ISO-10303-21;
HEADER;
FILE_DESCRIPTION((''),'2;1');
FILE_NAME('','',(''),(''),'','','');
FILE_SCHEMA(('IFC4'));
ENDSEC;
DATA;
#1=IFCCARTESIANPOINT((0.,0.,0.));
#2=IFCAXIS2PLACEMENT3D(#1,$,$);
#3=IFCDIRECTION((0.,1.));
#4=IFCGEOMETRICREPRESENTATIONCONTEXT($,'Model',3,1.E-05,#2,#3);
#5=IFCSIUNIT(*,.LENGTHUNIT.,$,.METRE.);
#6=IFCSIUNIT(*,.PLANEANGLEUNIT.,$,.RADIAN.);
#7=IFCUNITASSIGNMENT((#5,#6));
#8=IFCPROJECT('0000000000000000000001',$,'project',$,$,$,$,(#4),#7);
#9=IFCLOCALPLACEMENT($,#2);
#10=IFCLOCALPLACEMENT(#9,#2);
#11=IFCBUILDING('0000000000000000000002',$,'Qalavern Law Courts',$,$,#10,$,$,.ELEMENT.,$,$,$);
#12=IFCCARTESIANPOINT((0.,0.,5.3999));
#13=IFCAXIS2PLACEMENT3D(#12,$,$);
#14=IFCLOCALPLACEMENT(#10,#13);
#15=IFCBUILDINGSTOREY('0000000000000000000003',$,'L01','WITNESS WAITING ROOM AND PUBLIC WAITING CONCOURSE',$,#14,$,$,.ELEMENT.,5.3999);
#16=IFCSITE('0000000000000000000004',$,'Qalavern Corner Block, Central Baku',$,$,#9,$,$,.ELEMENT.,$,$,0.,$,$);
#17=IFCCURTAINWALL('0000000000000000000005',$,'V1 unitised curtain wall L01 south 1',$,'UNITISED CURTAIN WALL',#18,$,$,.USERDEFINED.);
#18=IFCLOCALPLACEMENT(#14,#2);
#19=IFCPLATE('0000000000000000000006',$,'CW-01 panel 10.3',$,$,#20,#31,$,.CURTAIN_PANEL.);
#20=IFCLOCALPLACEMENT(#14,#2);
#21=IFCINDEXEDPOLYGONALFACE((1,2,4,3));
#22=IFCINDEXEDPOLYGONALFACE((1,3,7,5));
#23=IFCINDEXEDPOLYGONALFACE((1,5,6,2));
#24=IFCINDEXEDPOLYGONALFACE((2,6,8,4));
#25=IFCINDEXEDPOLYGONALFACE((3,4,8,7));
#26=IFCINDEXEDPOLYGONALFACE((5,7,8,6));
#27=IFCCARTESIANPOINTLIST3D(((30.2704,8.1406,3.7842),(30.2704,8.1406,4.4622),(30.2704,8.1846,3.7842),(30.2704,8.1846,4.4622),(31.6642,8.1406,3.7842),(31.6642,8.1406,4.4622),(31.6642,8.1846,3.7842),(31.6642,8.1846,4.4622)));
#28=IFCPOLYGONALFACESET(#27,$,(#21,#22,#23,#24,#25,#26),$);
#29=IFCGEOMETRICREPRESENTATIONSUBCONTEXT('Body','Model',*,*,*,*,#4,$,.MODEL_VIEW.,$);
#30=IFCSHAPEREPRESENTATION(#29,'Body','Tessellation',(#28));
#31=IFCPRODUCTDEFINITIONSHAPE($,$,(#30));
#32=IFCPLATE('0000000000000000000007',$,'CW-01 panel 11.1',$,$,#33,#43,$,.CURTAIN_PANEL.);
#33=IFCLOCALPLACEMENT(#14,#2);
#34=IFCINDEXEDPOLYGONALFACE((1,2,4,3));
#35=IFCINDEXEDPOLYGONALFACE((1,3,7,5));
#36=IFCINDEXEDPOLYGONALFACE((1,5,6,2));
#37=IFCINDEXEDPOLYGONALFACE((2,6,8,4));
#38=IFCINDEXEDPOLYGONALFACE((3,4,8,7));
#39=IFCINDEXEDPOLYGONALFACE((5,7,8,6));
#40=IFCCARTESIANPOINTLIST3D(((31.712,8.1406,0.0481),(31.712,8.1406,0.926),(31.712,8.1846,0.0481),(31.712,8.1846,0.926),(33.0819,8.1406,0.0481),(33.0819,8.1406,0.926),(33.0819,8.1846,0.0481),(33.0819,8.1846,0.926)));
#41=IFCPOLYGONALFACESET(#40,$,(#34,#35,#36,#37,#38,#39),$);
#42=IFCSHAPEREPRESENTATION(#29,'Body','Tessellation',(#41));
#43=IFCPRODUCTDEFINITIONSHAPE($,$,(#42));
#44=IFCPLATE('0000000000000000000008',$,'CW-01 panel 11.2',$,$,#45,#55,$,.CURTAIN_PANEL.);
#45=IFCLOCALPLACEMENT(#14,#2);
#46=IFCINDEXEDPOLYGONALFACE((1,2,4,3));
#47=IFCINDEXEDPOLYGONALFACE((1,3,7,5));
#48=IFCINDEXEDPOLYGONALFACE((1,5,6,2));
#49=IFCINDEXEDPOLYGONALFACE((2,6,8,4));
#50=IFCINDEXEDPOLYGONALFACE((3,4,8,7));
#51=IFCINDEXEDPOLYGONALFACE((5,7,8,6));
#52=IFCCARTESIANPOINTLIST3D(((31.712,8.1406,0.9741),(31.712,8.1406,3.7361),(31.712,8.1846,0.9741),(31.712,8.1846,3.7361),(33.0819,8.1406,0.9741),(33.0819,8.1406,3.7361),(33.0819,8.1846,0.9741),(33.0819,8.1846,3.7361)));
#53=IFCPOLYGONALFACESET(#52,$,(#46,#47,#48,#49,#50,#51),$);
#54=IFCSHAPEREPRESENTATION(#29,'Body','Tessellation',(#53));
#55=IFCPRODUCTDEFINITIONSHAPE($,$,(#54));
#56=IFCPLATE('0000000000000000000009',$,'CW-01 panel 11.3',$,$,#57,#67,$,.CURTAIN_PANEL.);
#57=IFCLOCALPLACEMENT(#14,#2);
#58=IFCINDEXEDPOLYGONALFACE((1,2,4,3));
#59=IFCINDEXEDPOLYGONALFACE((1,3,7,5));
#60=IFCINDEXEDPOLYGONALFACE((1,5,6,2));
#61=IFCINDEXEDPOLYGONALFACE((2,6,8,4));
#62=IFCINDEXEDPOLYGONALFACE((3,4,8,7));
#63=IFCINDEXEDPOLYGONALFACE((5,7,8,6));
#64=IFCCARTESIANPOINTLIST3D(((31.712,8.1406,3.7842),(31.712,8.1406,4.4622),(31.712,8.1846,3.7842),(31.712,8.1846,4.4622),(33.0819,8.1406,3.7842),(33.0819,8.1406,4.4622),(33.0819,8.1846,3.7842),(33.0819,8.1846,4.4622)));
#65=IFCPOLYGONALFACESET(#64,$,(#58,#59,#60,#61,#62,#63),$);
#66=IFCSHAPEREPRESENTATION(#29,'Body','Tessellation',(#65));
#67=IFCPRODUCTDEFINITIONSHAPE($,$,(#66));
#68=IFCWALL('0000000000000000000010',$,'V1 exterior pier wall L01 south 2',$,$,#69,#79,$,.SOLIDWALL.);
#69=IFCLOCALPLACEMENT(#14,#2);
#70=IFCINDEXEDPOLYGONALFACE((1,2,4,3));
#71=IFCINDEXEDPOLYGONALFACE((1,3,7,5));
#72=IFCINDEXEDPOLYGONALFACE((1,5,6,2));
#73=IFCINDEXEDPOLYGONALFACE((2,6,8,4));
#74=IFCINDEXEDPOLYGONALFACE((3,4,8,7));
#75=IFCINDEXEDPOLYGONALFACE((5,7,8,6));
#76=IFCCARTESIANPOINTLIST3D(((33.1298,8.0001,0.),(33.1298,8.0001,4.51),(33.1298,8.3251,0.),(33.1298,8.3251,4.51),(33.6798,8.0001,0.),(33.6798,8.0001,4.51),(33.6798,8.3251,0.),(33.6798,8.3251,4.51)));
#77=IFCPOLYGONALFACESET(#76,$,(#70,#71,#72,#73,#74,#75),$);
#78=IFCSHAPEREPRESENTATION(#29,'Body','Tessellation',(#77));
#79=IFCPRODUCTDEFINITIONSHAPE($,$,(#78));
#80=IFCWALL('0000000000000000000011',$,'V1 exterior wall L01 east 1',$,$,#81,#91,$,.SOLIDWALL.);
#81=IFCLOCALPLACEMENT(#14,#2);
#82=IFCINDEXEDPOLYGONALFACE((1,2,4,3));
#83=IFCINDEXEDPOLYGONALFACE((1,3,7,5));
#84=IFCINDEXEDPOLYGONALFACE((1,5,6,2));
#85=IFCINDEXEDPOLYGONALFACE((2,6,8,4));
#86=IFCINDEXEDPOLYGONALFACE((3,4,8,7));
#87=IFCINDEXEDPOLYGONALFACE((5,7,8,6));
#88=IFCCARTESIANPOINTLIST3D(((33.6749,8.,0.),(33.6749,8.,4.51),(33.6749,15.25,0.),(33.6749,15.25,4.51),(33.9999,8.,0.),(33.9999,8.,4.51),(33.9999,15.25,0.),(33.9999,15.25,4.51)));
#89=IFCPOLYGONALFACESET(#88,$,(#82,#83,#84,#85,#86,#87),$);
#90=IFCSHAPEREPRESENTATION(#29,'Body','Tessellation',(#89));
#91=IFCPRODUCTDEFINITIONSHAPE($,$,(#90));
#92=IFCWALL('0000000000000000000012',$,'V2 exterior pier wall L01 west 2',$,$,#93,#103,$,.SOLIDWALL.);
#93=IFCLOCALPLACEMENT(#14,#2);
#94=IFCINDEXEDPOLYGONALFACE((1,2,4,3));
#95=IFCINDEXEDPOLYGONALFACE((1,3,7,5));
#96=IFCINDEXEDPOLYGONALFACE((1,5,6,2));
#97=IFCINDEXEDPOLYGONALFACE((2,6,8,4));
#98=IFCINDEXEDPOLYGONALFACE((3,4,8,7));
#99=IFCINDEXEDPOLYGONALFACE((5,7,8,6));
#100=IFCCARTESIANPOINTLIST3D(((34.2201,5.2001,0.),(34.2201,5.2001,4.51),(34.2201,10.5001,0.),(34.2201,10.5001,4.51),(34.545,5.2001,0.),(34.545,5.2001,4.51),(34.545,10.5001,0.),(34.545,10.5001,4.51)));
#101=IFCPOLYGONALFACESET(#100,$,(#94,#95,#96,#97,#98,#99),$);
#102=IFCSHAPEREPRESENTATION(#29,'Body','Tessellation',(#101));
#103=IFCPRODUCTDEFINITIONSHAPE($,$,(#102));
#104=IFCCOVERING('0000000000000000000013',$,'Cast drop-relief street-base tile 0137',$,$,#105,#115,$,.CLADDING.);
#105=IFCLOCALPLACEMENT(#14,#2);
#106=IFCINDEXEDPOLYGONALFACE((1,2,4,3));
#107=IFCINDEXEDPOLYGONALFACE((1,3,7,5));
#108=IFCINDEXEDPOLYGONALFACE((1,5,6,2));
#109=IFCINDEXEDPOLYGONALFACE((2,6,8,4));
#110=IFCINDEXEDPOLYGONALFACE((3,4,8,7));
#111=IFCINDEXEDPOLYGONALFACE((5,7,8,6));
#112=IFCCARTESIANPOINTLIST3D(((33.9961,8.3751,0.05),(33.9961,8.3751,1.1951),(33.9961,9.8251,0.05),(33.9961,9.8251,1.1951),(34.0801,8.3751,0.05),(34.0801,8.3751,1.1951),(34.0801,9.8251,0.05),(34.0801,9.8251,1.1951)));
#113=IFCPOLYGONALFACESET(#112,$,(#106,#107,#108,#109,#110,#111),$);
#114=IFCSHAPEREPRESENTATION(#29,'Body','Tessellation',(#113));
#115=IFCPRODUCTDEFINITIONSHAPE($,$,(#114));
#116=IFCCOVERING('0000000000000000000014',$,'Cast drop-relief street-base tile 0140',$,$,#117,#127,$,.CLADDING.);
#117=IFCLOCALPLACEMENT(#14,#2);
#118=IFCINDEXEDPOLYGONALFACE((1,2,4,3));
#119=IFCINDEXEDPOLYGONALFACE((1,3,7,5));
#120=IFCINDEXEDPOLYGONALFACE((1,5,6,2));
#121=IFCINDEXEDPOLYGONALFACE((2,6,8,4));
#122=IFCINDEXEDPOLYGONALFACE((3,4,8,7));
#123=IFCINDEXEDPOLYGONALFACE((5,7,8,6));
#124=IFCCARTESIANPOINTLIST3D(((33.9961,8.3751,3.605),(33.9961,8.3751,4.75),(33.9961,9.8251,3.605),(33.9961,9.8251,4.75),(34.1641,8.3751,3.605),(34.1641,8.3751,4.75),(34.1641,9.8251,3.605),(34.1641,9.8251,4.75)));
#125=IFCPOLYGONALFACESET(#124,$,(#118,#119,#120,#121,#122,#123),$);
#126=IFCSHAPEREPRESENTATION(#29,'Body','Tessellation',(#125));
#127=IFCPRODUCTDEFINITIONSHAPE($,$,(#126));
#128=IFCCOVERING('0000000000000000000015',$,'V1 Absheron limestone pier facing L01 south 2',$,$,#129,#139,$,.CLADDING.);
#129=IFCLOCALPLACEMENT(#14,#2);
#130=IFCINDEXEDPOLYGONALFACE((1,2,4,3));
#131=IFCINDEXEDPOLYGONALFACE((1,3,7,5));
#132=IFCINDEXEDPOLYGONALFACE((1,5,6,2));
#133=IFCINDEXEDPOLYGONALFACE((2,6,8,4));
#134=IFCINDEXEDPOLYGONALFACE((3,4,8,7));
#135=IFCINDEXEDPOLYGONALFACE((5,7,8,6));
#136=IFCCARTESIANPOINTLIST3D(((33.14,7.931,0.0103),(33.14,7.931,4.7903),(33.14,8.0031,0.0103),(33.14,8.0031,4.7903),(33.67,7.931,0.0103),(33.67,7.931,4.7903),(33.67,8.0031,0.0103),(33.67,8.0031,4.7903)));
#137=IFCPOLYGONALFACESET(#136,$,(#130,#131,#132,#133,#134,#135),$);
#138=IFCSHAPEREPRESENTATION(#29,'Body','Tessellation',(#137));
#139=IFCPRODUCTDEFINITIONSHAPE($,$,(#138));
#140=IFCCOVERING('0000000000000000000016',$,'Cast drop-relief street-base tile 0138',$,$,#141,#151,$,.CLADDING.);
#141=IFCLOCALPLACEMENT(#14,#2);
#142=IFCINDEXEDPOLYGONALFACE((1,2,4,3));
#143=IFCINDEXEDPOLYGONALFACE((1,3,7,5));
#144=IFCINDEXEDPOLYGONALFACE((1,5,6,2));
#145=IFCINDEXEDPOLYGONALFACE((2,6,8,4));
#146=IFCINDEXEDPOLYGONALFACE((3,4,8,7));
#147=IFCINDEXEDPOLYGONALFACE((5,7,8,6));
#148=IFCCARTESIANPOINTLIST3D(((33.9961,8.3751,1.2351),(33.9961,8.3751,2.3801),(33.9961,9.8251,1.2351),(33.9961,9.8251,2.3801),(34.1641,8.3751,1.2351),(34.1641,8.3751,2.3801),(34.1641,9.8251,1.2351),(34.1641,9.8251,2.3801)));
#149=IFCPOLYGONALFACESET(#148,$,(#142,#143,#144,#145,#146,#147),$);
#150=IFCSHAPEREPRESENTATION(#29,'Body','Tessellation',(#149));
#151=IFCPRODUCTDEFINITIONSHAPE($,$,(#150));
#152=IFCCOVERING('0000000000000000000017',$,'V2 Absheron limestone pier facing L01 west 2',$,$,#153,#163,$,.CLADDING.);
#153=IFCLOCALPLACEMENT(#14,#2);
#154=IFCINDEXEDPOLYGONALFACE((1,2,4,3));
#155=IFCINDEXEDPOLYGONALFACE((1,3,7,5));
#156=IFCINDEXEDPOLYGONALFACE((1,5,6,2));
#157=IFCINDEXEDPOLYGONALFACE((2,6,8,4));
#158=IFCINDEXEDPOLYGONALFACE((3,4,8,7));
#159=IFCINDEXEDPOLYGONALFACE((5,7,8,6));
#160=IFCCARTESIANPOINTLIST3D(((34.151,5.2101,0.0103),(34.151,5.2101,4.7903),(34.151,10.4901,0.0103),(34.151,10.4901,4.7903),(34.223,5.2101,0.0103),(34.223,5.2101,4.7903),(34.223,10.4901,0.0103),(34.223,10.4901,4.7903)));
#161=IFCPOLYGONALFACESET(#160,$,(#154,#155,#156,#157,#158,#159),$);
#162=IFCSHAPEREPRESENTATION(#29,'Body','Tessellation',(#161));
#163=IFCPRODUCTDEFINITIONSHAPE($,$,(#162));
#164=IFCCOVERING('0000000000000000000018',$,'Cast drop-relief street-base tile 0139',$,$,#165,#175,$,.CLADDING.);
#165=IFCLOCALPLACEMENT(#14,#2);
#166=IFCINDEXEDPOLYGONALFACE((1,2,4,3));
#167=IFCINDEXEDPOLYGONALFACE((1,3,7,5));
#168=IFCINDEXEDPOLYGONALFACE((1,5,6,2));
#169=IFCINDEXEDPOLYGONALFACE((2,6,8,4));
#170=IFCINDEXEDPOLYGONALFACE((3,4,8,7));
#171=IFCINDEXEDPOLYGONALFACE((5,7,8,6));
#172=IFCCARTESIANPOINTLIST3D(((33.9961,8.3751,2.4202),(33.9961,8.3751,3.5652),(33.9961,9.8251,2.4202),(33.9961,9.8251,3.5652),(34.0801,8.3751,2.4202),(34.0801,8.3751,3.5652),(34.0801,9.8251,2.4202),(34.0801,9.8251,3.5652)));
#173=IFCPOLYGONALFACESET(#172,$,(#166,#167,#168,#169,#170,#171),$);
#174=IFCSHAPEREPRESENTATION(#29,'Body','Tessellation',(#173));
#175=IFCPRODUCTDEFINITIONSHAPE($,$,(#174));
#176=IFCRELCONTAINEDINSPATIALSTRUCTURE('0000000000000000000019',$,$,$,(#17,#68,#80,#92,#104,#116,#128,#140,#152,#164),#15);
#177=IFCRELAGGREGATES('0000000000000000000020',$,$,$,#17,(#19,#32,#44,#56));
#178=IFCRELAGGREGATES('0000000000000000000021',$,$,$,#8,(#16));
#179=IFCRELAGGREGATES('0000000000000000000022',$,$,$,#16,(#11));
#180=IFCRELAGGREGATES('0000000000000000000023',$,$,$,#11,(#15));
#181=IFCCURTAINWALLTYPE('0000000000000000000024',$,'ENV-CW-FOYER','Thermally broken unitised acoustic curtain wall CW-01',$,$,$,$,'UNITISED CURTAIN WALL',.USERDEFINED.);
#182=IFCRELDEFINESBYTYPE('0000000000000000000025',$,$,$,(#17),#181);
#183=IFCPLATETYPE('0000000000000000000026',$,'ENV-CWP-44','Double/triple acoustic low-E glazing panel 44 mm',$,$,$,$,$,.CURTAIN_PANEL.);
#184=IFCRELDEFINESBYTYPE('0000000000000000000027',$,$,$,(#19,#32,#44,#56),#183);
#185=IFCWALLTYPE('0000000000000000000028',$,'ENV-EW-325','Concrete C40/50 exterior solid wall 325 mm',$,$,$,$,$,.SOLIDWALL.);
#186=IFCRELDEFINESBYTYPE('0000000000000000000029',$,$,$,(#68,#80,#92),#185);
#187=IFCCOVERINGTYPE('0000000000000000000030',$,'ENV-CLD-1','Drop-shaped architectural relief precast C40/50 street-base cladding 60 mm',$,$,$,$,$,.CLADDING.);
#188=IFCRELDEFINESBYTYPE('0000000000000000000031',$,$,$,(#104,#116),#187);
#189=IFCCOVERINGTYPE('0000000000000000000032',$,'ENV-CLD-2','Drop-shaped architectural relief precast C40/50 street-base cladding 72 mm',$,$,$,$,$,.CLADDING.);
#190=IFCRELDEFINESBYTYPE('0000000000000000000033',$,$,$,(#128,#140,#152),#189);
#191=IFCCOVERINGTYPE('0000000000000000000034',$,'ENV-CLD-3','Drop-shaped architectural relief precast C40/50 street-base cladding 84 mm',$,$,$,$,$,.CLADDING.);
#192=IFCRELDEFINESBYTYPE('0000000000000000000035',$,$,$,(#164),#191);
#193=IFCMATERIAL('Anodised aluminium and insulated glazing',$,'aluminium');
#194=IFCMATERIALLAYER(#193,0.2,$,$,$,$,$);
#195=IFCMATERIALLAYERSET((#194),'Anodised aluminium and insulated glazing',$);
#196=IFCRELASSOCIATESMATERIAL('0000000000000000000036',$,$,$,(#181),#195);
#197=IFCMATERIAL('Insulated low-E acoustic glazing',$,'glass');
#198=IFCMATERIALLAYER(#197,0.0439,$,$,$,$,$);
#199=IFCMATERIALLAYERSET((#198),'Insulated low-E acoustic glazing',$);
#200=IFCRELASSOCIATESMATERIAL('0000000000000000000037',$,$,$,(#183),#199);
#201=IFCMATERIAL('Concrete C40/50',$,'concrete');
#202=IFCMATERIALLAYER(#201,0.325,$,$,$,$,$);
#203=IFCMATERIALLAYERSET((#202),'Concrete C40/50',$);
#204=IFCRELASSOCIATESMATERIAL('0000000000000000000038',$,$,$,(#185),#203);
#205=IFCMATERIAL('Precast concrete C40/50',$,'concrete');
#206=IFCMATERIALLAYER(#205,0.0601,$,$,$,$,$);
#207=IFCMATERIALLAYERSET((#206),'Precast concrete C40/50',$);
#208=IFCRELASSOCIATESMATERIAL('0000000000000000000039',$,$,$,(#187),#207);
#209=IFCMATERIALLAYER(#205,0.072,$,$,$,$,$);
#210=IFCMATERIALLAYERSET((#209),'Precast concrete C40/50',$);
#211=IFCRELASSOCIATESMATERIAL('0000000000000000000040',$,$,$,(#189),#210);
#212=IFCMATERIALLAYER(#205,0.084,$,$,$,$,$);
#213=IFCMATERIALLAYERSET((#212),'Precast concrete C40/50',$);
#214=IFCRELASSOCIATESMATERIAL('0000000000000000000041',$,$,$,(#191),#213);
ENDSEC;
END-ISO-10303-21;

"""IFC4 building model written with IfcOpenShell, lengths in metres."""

from ifc_helpers import new_model, si_unit, direction, frame, frame_2d, origin, origin_2d, place, context, subcontext, project, spatial, rectangle, extrude, material, layer, layer_set, type_object, element, aggregate, save


model = new_model("IFC4")

# Units and contexts
model_context = context("Model", 3, precision=1e-05, world=origin(), true_north=direction((0.0, 1.0)))
body_context = subcontext(model_context, "Body", "Model", "MODEL_VIEW")
ifc_project = project(units=[si_unit("LENGTHUNIT", "METRE"), si_unit("PLANEANGLEUNIT", "RADIAN")], contexts=[model_context])

# Site, building, storey
site_placement = place(None, origin())
site = spatial("IfcSite", under=ifc_project, at=site_placement, Name="Qalavern Corner Block, Central Baku", CompositionType="ELEMENT", RefElevation=0.0)
building_placement = place(site_placement, origin())
building = spatial("IfcBuilding", under=site, at=building_placement, Name="Qalavern Law Courts", CompositionType="ELEMENT")
storey_placement = place(building_placement, frame((0.0, 0.0, 5.3999)))
storey = spatial("IfcBuildingStorey", under=building, at=storey_placement, Name="L01", Description="WITNESS WAITING ROOM AND PUBLIC WAITING CONCOURSE", CompositionType="ELEMENT", Elevation=5.3999)

# Curtain wall
ifc_material_1 = material(Name="Anodised aluminium and insulated glazing", Category="aluminium")
ifc_layer_1 = layer(ifc_material_1, 0.2)
ifc_layer_set_1 = layer_set([ifc_layer_1], Name="Anodised aluminium and insulated glazing")
curtain_wall_type = type_object("IfcCurtainWallType", Name="ENV-CW-FOYER", Description="Thermally broken unitised acoustic curtain wall CW-01", ElementType="UNITISED CURTAIN WALL", PredefinedType="USERDEFINED", material=ifc_layer_set_1)
curtain_wall_placement = place(storey_placement, origin())
curtain_wall = element("IfcCurtainWall", 1, at=curtain_wall_placement, inside=storey, type_object=curtain_wall_type, Name="V1 unitised curtain wall L01 south 1", ObjectType="UNITISED CURTAIN WALL", PredefinedType="USERDEFINED")

# Plates
ifc_material_2 = material(Name="Insulated low-E acoustic glazing", Category="glass")
ifc_layer_2 = layer(ifc_material_2, 0.0439)
ifc_layer_set_2 = layer_set([ifc_layer_2], Name="Insulated low-E acoustic glazing")
plate_type = type_object("IfcPlateType", Name="ENV-CWP-44", Description="Double/triple acoustic low-E glazing panel 44 mm", PredefinedType="CURTAIN_PANEL", material=ifc_layer_set_2)
plate_1_placement = place(storey_placement, frame((30.9673, 8.1626, 3.7842), z_axis=(0.0, 0.0, 1.0), x_axis=(1.0, 0.0, 0.0)))
plate_1 = element("IfcPlate", 2, at=plate_1_placement, type_object=plate_type, Name="CW-01 panel 10.3", PredefinedType="CURTAIN_PANEL", context=body_context, shape_type="SweptSolid", body=[
    extrude(rectangle(XDim=1.3938, YDim=0.0439, at=origin_2d()), origin(), (0.0, 0.0, 1.0), 0.678),
])
plate_2_placement = place(storey_placement, frame((32.397, 8.1626, 0.0481), z_axis=(0.0, 0.0, 1.0), x_axis=(1.0, 0.0, 0.0)))
plate_2 = element("IfcPlate", 3, at=plate_2_placement, type_object=plate_type, Name="CW-01 panel 11.1", PredefinedType="CURTAIN_PANEL", context=body_context, shape_type="SweptSolid", body=[
    extrude(rectangle(XDim=1.3699, YDim=0.0439, at=origin_2d()), origin(), (0.0, 0.0, 1.0), 0.8779),
])
plate_3_placement = place(storey_placement, frame((32.397, 8.1626, 0.9741), z_axis=(0.0, 0.0, 1.0), x_axis=(1.0, 0.0, 0.0)))
plate_3 = element("IfcPlate", 4, at=plate_3_placement, type_object=plate_type, Name="CW-01 panel 11.2", PredefinedType="CURTAIN_PANEL", context=body_context, shape_type="SweptSolid", body=[
    extrude(rectangle(XDim=1.3699, YDim=0.0439, at=origin_2d()), origin(), (0.0, 0.0, 1.0), 2.762),
])
plate_4_placement = place(storey_placement, frame((32.397, 8.1626, 3.7842), z_axis=(0.0, 0.0, 1.0), x_axis=(1.0, 0.0, 0.0)))
plate_4 = element("IfcPlate", 5, at=plate_4_placement, type_object=plate_type, Name="CW-01 panel 11.3", PredefinedType="CURTAIN_PANEL", context=body_context, shape_type="SweptSolid", body=[
    extrude(rectangle(XDim=1.3699, YDim=0.0439, at=origin_2d()), origin(), (0.0, 0.0, 1.0), 0.678),
])
aggregate(curtain_wall, [plate_1, plate_2, plate_3, plate_4])

# Walls
ifc_material_3 = material(Name="Concrete C40/50", Category="concrete")
ifc_layer_3 = layer(ifc_material_3, 0.325)
ifc_layer_set_3 = layer_set([ifc_layer_3], Name="Concrete C40/50")
wall_type = type_object("IfcWallType", Name="ENV-EW-325", Description="Concrete C40/50 exterior solid wall 325 mm", PredefinedType="SOLIDWALL", material=ifc_layer_set_3)
wall_1_placement = place(storey_placement, frame((33.1299, 8.1626, 0.0), z_axis=(0.0, 0.0, 1.0), x_axis=(1.0, 0.0, 0.0)))
element("IfcWall", 6, at=wall_1_placement, inside=storey, type_object=wall_type, Name="V1 exterior pier wall L01 south 2", PredefinedType="SOLIDWALL", context=body_context, shape_type="SweptSolid", body=[
    extrude(rectangle(XDim=0.55, YDim=0.325, at=frame_2d((0.2749, 0.0))), origin(), (0.0, 0.0, 1.0), 4.51),
])
wall_2_placement = place(storey_placement, frame((33.8374, 8.0, 0.0), z_axis=(0.0, 0.0, 1.0), x_axis=(0.0, 1.0, 0.0)))
element("IfcWall", 7, at=wall_2_placement, inside=storey, type_object=wall_type, Name="V1 exterior wall L01 east 1", PredefinedType="SOLIDWALL", context=body_context, shape_type="SweptSolid", body=[
    extrude(rectangle(XDim=7.25, YDim=0.325, at=frame_2d((3.625, 0.0))), origin(), (0.0, 0.0, 1.0), 4.51),
])
wall_3_placement = place(storey_placement, frame((34.3826, 10.5, 0.0), z_axis=(0.0, 0.0, 1.0), x_axis=(0.0, -1.0, 0.0)))
element("IfcWall", 8, at=wall_3_placement, inside=storey, type_object=wall_type, Name="V2 exterior pier wall L01 west 2", PredefinedType="SOLIDWALL", context=body_context, shape_type="SweptSolid", body=[
    extrude(rectangle(XDim=5.3, YDim=0.325, at=frame_2d((2.6499, 0.0))), origin(), (0.0, 0.0, 1.0), 4.51),
])

# Coverings
ifc_material_4 = material(Name="Precast concrete C40/50", Category="concrete")
ifc_layer_4 = layer(ifc_material_4, 0.0601)
ifc_layer_set_4 = layer_set([ifc_layer_4], Name="Precast concrete C40/50")
covering_type_1 = type_object("IfcCoveringType", Name="ENV-CLD-1", Description="Drop-shaped architectural relief precast C40/50 street-base cladding 60 mm", PredefinedType="CLADDING", material=ifc_layer_set_4)
covering_1_placement = place(storey_placement, frame((34.0381, 9.1001, 0.05), z_axis=(0.0, 0.0, 1.0), x_axis=(0.0, 1.0, 0.0)))
element("IfcCovering", 9, at=covering_1_placement, inside=storey, type_object=covering_type_1, Name="Cast drop-relief street-base tile 0137", PredefinedType="CLADDING", context=body_context, shape_type="SweptSolid", body=[
    extrude(rectangle(XDim=1.45, YDim=0.084, at=origin_2d()), origin(), (0.0, 0.0, 1.0), 1.145),
])
covering_2_placement = place(storey_placement, frame((34.0801, 9.1001, 3.605), z_axis=(0.0, 0.0, 1.0), x_axis=(0.0, 1.0, 0.0)))
element("IfcCovering", 10, at=covering_2_placement, inside=storey, type_object=covering_type_1, Name="Cast drop-relief street-base tile 0140", PredefinedType="CLADDING", context=body_context, shape_type="SweptSolid", body=[
    extrude(rectangle(XDim=1.45, YDim=0.168, at=origin_2d()), origin(), (0.0, 0.0, 1.0), 1.145),
])
ifc_layer_5 = layer(ifc_material_4, 0.072)
ifc_layer_set_5 = layer_set([ifc_layer_5], Name="Precast concrete C40/50")
covering_type_2 = type_object("IfcCoveringType", Name="ENV-CLD-2", Description="Drop-shaped architectural relief precast C40/50 street-base cladding 72 mm", PredefinedType="CLADDING", material=ifc_layer_set_5)
covering_3_placement = place(storey_placement, frame((33.405, 7.967, 0.0103), z_axis=(0.0, 0.0, 1.0), x_axis=(1.0, 0.0, 0.0)))
element("IfcCovering", 11, at=covering_3_placement, inside=storey, type_object=covering_type_2, Name="V1 Absheron limestone pier facing L01 south 2", PredefinedType="CLADDING", context=body_context, shape_type="SweptSolid", body=[
    extrude(rectangle(XDim=0.53, YDim=0.072, at=origin_2d()), origin(), (0.0, 0.0, 1.0), 4.78),
])
covering_4_placement = place(storey_placement, frame((34.0801, 9.1001, 1.2351), z_axis=(0.0, 0.0, 1.0), x_axis=(0.0, 1.0, 0.0)))
element("IfcCovering", 12, at=covering_4_placement, inside=storey, type_object=covering_type_2, Name="Cast drop-relief street-base tile 0138", PredefinedType="CLADDING", context=body_context, shape_type="SweptSolid", body=[
    extrude(rectangle(XDim=1.45, YDim=0.168, at=origin_2d()), origin(), (0.0, 0.0, 1.0), 1.145),
])
covering_5_placement = place(storey_placement, frame((34.187, 7.8501, 0.0103), z_axis=(0.0, 0.0, 1.0), x_axis=(0.0, -1.0, 0.0)))
element("IfcCovering", 13, at=covering_5_placement, inside=storey, type_object=covering_type_2, Name="V2 Absheron limestone pier facing L01 west 2", PredefinedType="CLADDING", context=body_context, shape_type="SweptSolid", body=[
    extrude(rectangle(XDim=5.28, YDim=0.072, at=origin_2d()), origin(), (0.0, 0.0, 1.0), 4.78),
])
ifc_layer_6 = layer(ifc_material_4, 0.084)
ifc_layer_set_6 = layer_set([ifc_layer_6], Name="Precast concrete C40/50")
covering_type_3 = type_object("IfcCoveringType", Name="ENV-CLD-3", Description="Drop-shaped architectural relief precast C40/50 street-base cladding 84 mm", PredefinedType="CLADDING", material=ifc_layer_set_6)
covering_6_placement = place(storey_placement, frame((34.0381, 9.1001, 2.4202), z_axis=(0.0, 0.0, 1.0), x_axis=(0.0, 1.0, 0.0)))
element("IfcCovering", 14, at=covering_6_placement, inside=storey, type_object=covering_type_3, Name="Cast drop-relief street-base tile 0139", PredefinedType="CLADDING", context=body_context, shape_type="SweptSolid", body=[
    extrude(rectangle(XDim=1.45, YDim=0.084, at=origin_2d()), origin(), (0.0, 0.0, 1.0), 1.145),
])

save(model, "model.ifc")
